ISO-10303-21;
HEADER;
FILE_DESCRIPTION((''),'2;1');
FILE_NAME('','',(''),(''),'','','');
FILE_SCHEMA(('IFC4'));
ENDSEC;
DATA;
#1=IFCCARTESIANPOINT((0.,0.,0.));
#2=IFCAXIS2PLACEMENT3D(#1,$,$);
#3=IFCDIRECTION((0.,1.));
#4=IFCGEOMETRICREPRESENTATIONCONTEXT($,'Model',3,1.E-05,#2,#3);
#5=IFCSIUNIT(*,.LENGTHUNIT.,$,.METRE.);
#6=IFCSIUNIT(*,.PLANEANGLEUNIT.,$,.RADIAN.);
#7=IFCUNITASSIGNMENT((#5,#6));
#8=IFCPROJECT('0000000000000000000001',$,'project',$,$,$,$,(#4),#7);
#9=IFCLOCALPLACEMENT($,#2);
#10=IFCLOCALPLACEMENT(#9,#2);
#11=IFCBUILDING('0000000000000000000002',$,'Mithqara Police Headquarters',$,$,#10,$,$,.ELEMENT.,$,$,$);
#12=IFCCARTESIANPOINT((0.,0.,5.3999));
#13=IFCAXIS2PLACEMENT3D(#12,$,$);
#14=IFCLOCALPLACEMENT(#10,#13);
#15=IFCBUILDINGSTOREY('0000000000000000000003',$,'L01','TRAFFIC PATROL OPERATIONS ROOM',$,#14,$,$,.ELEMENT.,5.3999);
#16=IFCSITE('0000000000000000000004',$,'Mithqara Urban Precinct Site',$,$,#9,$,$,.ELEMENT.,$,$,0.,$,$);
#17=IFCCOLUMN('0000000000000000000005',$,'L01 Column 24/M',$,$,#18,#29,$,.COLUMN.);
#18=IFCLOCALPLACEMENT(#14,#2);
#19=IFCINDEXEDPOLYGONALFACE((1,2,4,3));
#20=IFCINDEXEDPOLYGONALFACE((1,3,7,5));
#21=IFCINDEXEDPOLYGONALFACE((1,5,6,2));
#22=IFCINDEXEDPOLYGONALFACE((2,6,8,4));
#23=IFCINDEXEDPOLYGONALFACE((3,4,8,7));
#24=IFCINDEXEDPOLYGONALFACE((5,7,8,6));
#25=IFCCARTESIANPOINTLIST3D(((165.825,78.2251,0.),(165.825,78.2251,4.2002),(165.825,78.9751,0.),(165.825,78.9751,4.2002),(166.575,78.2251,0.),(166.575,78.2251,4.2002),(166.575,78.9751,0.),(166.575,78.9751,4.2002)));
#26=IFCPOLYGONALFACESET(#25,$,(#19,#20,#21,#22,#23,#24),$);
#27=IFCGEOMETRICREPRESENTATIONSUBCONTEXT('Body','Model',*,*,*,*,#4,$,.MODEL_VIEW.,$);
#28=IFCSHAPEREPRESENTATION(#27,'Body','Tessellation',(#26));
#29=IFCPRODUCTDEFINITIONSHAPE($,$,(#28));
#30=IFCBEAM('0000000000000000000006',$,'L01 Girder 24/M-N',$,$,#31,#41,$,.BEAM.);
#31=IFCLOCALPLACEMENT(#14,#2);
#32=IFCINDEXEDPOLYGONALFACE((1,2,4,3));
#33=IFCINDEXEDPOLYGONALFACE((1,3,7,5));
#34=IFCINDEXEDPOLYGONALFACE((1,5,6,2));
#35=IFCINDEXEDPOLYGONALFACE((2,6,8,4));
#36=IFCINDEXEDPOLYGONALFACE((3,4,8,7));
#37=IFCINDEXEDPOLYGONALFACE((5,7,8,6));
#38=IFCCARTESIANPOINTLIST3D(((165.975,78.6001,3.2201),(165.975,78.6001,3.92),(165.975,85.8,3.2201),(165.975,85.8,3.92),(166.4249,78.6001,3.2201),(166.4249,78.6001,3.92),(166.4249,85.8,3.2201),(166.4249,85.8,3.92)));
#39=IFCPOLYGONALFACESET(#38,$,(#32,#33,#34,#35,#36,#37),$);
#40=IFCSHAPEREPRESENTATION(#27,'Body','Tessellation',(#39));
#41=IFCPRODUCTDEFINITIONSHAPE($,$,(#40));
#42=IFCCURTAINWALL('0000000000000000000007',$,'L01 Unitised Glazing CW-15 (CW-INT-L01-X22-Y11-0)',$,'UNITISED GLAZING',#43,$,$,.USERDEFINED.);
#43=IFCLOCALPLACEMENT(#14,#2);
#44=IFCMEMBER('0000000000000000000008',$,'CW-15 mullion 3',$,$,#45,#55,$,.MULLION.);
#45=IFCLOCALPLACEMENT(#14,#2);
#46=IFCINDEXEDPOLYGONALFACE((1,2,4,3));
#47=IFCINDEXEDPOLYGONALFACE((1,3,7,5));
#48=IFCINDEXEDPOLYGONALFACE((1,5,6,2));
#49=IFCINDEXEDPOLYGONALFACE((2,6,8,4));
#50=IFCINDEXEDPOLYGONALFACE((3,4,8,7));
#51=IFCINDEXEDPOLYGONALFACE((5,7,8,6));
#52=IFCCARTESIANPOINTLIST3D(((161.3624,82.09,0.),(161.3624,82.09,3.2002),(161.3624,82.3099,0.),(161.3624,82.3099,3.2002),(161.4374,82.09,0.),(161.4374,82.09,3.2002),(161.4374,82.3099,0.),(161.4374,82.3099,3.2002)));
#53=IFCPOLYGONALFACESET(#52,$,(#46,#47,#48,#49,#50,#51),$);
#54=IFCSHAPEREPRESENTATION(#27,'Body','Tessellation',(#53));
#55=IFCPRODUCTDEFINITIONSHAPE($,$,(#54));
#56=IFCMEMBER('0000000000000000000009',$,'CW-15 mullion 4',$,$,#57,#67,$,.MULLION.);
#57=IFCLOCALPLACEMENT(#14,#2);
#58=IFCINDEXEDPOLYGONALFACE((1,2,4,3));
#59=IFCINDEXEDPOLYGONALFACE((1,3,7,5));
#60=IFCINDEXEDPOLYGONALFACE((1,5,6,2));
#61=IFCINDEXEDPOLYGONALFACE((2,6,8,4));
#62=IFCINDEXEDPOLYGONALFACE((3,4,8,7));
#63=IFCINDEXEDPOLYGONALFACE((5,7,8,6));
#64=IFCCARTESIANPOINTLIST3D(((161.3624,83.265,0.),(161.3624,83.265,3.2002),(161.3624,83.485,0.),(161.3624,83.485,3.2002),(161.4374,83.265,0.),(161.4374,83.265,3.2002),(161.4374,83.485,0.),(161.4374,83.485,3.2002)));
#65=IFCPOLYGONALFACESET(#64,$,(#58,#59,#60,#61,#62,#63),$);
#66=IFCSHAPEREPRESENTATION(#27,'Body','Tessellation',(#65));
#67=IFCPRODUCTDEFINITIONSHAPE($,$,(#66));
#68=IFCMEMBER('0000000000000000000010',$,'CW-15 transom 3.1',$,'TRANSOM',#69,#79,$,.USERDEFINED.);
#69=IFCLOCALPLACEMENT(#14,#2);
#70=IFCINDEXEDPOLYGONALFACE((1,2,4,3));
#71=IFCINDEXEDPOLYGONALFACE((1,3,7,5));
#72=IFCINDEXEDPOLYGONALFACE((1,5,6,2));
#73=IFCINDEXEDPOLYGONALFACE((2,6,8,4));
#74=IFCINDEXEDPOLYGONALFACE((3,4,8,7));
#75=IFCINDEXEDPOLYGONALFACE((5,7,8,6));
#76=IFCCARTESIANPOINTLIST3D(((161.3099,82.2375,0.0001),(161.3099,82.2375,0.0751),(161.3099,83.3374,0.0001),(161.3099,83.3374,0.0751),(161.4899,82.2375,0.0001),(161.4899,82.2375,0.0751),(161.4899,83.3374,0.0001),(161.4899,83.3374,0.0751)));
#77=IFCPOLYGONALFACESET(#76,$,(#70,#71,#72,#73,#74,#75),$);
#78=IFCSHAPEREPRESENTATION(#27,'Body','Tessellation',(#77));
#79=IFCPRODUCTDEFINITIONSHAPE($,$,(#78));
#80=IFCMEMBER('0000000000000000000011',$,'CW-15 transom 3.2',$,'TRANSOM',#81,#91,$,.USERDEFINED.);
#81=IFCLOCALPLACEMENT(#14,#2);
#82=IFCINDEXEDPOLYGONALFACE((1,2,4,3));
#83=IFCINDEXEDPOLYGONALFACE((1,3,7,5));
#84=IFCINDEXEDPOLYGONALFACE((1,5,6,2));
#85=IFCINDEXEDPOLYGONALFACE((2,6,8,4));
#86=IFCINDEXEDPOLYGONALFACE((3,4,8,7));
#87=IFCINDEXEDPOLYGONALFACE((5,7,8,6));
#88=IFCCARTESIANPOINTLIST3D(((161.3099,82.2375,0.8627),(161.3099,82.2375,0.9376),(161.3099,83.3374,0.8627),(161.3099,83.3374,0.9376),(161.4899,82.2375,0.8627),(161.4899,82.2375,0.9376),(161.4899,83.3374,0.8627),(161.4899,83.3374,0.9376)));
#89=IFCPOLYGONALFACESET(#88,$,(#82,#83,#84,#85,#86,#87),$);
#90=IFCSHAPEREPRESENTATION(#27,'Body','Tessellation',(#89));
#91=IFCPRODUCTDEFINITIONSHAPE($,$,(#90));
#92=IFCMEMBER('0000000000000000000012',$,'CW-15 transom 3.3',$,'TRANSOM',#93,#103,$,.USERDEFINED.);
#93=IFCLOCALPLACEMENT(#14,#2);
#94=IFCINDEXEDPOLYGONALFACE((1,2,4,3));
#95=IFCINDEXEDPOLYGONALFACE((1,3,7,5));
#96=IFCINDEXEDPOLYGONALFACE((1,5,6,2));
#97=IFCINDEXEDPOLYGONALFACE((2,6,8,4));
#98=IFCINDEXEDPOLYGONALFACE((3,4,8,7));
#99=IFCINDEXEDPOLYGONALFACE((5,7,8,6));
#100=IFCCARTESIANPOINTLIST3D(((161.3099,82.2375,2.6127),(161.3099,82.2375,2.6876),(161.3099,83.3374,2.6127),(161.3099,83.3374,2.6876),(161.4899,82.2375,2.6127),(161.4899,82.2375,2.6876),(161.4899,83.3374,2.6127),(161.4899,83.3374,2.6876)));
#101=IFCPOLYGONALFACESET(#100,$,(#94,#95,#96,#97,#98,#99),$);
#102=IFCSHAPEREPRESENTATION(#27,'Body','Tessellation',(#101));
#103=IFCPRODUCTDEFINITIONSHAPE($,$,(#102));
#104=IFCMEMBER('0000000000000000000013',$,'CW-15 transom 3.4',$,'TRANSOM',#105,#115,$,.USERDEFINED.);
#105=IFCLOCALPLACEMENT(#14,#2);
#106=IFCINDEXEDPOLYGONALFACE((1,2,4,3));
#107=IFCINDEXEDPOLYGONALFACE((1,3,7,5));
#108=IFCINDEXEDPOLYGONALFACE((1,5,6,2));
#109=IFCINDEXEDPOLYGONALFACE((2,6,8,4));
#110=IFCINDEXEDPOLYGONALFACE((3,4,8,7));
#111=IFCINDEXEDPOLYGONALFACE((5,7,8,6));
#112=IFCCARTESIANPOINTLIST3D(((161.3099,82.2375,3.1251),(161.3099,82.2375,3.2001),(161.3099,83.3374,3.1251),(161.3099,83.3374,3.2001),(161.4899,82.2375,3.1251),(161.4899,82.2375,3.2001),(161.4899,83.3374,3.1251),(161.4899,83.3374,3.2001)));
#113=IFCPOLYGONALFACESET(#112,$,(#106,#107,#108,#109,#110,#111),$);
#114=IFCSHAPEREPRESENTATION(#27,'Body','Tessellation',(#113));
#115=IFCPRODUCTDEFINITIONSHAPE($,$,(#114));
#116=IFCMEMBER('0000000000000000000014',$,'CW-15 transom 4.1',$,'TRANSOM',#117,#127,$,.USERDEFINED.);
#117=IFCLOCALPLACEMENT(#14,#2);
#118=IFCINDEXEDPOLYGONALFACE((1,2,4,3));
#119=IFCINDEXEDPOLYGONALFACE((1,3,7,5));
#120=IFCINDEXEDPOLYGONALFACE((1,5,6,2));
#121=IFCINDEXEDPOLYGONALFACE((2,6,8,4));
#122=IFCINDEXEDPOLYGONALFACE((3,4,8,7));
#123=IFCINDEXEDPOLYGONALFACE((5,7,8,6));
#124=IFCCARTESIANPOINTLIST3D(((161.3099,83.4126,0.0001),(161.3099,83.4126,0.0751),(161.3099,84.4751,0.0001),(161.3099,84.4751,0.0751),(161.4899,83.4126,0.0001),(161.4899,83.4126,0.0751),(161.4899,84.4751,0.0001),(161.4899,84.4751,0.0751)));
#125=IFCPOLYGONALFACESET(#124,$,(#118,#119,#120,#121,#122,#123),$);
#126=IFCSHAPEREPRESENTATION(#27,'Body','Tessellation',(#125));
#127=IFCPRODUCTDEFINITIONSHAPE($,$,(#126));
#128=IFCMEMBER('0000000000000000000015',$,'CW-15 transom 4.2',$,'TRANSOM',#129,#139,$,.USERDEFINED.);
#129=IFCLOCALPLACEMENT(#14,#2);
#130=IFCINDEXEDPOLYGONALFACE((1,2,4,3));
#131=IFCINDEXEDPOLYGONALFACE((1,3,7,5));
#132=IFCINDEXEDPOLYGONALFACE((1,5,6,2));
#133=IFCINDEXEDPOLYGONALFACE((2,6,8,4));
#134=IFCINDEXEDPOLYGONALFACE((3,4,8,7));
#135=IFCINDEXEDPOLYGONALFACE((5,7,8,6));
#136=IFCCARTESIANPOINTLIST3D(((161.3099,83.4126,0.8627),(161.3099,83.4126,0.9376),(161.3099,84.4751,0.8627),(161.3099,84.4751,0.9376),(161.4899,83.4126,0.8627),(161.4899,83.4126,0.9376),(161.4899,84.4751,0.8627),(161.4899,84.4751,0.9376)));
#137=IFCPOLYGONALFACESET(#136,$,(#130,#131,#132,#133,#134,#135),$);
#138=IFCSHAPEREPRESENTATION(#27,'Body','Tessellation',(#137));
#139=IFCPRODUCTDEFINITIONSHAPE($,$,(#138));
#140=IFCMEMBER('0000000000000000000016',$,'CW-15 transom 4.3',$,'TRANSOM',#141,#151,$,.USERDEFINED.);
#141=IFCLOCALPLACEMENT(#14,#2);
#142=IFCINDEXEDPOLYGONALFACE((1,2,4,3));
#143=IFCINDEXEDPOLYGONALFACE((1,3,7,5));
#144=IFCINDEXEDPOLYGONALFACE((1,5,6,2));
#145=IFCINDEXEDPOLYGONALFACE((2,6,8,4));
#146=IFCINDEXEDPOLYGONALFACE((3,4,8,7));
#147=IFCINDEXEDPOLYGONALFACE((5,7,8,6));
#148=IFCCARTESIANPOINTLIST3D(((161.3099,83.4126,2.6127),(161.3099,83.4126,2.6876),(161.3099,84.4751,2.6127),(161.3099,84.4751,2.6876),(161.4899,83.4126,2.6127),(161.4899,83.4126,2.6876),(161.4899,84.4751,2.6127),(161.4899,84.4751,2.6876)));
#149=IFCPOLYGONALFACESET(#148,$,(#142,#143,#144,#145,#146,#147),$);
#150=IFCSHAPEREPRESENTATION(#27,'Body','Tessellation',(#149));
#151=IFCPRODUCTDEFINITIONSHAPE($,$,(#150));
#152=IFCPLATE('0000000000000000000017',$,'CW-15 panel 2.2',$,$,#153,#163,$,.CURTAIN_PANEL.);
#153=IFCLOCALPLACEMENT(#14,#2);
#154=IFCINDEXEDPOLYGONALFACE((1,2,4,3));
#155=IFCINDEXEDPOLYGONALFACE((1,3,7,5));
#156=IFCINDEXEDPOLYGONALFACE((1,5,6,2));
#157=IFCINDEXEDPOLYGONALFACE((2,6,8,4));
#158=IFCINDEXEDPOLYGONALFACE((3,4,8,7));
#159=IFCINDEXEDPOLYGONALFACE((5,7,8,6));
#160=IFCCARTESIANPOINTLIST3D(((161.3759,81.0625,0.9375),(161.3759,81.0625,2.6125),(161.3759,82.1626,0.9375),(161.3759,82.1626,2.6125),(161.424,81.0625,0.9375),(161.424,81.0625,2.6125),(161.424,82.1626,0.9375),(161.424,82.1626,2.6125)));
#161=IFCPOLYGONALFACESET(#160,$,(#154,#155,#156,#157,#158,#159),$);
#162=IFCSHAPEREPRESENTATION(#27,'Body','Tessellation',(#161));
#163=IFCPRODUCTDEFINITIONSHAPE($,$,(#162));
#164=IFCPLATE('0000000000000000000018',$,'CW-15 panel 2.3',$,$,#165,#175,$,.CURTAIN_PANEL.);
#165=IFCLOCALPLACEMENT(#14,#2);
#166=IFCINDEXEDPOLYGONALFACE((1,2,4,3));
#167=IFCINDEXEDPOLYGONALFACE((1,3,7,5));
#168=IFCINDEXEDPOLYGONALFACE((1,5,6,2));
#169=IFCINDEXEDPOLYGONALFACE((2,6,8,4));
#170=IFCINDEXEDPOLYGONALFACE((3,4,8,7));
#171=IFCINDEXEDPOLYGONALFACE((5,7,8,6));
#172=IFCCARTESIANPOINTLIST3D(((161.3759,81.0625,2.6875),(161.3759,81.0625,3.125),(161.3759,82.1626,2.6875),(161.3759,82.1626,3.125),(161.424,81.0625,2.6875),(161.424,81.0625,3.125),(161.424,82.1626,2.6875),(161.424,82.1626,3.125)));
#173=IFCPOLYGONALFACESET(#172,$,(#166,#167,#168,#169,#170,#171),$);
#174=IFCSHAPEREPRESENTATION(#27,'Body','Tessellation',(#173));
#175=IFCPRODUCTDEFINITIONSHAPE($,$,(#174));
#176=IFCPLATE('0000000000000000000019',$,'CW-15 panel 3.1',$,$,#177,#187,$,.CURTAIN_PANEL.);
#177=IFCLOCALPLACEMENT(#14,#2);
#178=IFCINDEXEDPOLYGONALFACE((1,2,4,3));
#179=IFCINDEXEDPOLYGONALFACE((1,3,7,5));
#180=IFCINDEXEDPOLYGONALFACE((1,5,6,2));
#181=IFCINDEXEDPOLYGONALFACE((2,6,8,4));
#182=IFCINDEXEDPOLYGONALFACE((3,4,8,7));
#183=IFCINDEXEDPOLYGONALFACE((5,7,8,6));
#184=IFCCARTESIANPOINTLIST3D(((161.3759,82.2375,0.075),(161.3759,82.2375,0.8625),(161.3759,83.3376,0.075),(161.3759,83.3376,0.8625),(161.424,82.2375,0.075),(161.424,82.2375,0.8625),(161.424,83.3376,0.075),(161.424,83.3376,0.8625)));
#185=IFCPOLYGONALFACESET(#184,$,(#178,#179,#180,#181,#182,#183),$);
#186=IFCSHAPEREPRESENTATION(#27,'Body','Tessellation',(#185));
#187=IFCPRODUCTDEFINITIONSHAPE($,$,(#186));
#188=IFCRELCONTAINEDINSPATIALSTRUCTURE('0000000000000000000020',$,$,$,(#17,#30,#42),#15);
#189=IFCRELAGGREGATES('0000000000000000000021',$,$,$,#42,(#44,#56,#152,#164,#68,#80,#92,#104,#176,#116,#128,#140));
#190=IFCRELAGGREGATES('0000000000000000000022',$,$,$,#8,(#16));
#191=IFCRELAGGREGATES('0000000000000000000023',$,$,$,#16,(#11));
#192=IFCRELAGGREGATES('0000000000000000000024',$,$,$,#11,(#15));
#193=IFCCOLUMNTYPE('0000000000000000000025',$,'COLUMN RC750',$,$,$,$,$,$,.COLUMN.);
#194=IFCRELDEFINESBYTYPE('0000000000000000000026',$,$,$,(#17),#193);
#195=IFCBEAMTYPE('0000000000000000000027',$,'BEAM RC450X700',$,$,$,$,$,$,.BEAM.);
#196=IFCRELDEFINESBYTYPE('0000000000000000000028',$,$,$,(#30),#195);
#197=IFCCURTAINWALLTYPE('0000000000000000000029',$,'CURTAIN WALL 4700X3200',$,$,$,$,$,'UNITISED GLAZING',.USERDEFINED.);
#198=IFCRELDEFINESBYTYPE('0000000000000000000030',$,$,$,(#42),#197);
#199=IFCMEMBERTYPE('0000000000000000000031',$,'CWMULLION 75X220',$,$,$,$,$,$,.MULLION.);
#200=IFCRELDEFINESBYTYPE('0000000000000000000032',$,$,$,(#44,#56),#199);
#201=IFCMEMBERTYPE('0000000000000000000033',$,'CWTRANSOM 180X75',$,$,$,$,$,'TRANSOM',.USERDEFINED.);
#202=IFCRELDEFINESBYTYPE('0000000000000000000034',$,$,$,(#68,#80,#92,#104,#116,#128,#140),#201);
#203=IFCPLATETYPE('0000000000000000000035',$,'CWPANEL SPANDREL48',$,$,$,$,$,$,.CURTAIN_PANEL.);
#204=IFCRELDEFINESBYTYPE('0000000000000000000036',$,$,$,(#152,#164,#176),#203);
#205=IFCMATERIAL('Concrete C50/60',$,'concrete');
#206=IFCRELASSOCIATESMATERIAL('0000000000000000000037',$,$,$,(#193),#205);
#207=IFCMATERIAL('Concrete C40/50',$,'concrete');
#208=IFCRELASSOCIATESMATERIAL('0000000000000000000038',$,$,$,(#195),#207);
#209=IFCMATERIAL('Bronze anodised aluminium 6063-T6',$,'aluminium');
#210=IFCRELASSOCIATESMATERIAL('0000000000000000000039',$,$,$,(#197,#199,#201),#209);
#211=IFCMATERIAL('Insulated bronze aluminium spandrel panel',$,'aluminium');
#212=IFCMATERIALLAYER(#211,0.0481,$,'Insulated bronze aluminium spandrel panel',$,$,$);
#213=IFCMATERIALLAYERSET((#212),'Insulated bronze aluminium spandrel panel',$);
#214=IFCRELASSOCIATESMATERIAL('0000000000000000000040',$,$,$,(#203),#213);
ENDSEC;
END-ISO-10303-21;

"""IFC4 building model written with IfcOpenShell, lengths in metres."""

from ifc_helpers import new_model, si_unit, direction, frame, origin, origin_2d, place, context, subcontext, project, spatial, rectangle, extrude, material, layer, layer_set, material_profile, profile_set, type_object, element, aggregate, save


model = new_model("IFC4")

# Units and contexts
model_context = context("Model", 3, precision=1e-05, world=origin(), true_north=direction((0.0, 1.0)))
body_context = subcontext(model_context, "Body", "Model", "MODEL_VIEW")
ifc_project = project(units=[si_unit("LENGTHUNIT", "METRE"), si_unit("PLANEANGLEUNIT", "RADIAN")], contexts=[model_context])

# Site, building, storey
site_placement = place(None, origin())
site = spatial("IfcSite", under=ifc_project, at=site_placement, Name="Mithqara Urban Precinct Site", CompositionType="ELEMENT", RefElevation=0.0)
building_placement = place(site_placement, origin())
building = spatial("IfcBuilding", under=site, at=building_placement, Name="Mithqara Police Headquarters", CompositionType="ELEMENT")
storey_placement = place(building_placement, frame((0.0, 0.0, 5.3999)))
storey = spatial("IfcBuildingStorey", under=building, at=storey_placement, Name="L01", Description="TRAFFIC PATROL OPERATIONS ROOM", CompositionType="ELEMENT", Elevation=5.3999)

# Column
ifc_material_1 = material(Name="Concrete C50/60", Category="concrete")
ifc_material_profile_1 = material_profile(ifc_material_1, rectangle(XDim=0.75, YDim=0.75, at=origin_2d()), Name="RC 750x750")
ifc_profile_set_1 = profile_set([ifc_material_profile_1], Name="Concrete C50/60")
column_type = type_object("IfcColumnType", Name="COLUMN RC750", PredefinedType="COLUMN", material=ifc_profile_set_1)
column_placement = place(storey_placement, frame((166.2, 78.6001, 0.0), z_axis=(0.0, 0.0, 1.0), x_axis=(1.0, 0.0, 0.0)))
element("IfcColumn", 1, at=column_placement, inside=storey, type_object=column_type, Name="L01 Column 24/M", PredefinedType="COLUMN", context=body_context, shape_type="SweptSolid", body=[
    extrude(rectangle(XDim=0.75, YDim=0.75, at=origin_2d()), origin(), (0.0, 0.0, 1.0), 4.2002),
])

# Beam
ifc_material_2 = material(Name="Concrete C40/50", Category="concrete")
ifc_material_profile_2 = material_profile(ifc_material_2, rectangle(XDim=0.45, YDim=0.7, at=origin_2d()), Name="RC 450x700")
ifc_profile_set_2 = profile_set([ifc_material_profile_2], Name="Concrete C40/50")
beam_type = type_object("IfcBeamType", Name="BEAM RC450X700", PredefinedType="BEAM", material=ifc_profile_set_2)
beam_placement = place(storey_placement, frame((166.2, 78.6001, 3.5701), z_axis=(0.0, 1.0, 0.0), x_axis=(-1.0, 0.0, 0.0)))
element("IfcBeam", 2, at=beam_placement, inside=storey, type_object=beam_type, Name="L01 Girder 24/M-N", PredefinedType="BEAM", context=body_context, shape_type="SweptSolid", body=[
    extrude(rectangle(XDim=0.45, YDim=0.7, at=origin_2d()), origin(), (0.0, 0.0, 1.0), 7.2),
])

# Curtain wall, members, plates
ifc_material_3 = material(Name="Bronze anodised aluminium 6063-T6", Category="aluminium")
curtain_wall_type = type_object("IfcCurtainWallType", Name="CURTAIN WALL 4700X3200", ElementType="UNITISED GLAZING", PredefinedType="USERDEFINED", material=ifc_material_3)
curtain_wall_placement = place(storey_placement, origin())
curtain_wall = element("IfcCurtainWall", 3, at=curtain_wall_placement, inside=storey, type_object=curtain_wall_type, Name="L01 Unitised Glazing CW-15 (CW-INT-L01-X22-Y11-0)", ObjectType="UNITISED GLAZING", PredefinedType="USERDEFINED")
ifc_material_profile_3 = material_profile(ifc_material_3, rectangle(XDim=0.075, YDim=0.22, at=origin_2d()), Name="CWM 75x220")
ifc_profile_set_3 = profile_set([ifc_material_profile_3], Name="Bronze anodised aluminium 6063-T6")
member_type_1 = type_object("IfcMemberType", Name="CWMULLION 75X220", PredefinedType="MULLION", material=ifc_profile_set_3)
member_1_placement = place(storey_placement, frame((161.3999, 82.2, 0.0), z_axis=(0.0, 0.0, 1.0), x_axis=(-1.0, 0.0, 0.0)))
member_1 = element("IfcMember", 4, at=member_1_placement, type_object=member_type_1, Name="CW-15 mullion 3", PredefinedType="MULLION", context=body_context, shape_type="SweptSolid", body=[
    extrude(rectangle(XDim=0.075, YDim=0.22, at=origin_2d()), origin(), (0.0, 0.0, 1.0), 3.2002),
])
member_2_placement = place(storey_placement, frame((161.3999, 83.375, 0.0), z_axis=(0.0, 0.0, 1.0), x_axis=(-1.0, 0.0, 0.0)))
member_2 = element("IfcMember", 5, at=member_2_placement, type_object=member_type_1, Name="CW-15 mullion 4", PredefinedType="MULLION", context=body_context, shape_type="SweptSolid", body=[
    extrude(rectangle(XDim=0.075, YDim=0.22, at=origin_2d()), origin(), (0.0, 0.0, 1.0), 3.2002),
])
ifc_material_profile_4 = material_profile(ifc_material_3, rectangle(XDim=0.1799, YDim=0.075, at=origin_2d()), Name="CWT 180x75")
ifc_profile_set_4 = profile_set([ifc_material_profile_4], Name="Bronze anodised aluminium 6063-T6")
member_type_2 = type_object("IfcMemberType", Name="CWTRANSOM 180X75", ElementType="TRANSOM", PredefinedType="USERDEFINED", material=ifc_profile_set_4)
member_3_placement = place(storey_placement, frame((161.3999, 82.2375, 0.0376), z_axis=(0.0, 1.0, 0.0), x_axis=(-1.0, 0.0, 0.0)))
member_3 = element("IfcMember", 6, at=member_3_placement, type_object=member_type_2, Name="CW-15 transom 3.1", ObjectType="TRANSOM", PredefinedType="USERDEFINED", context=body_context, shape_type="SweptSolid", body=[
    extrude(rectangle(XDim=0.1799, YDim=0.075, at=origin_2d()), origin(), (0.0, 0.0, 1.0), 1.0999),
])
member_4_placement = place(storey_placement, frame((161.3999, 82.2375, 0.9001), z_axis=(0.0, 1.0, 0.0), x_axis=(-1.0, 0.0, 0.0)))
member_4 = element("IfcMember", 7, at=member_4_placement, type_object=member_type_2, Name="CW-15 transom 3.2", ObjectType="TRANSOM", PredefinedType="USERDEFINED", context=body_context, shape_type="SweptSolid", body=[
    extrude(rectangle(XDim=0.1799, YDim=0.075, at=origin_2d()), origin(), (0.0, 0.0, 1.0), 1.0999),
])
member_5_placement = place(storey_placement, frame((161.3999, 82.2375, 2.6501), z_axis=(0.0, 1.0, 0.0), x_axis=(-1.0, 0.0, 0.0)))
member_5 = element("IfcMember", 8, at=member_5_placement, type_object=member_type_2, Name="CW-15 transom 3.3", ObjectType="TRANSOM", PredefinedType="USERDEFINED", context=body_context, shape_type="SweptSolid", body=[
    extrude(rectangle(XDim=0.1799, YDim=0.075, at=origin_2d()), origin(), (0.0, 0.0, 1.0), 1.0999),
])
member_6_placement = place(storey_placement, frame((161.3999, 82.2375, 3.1626), z_axis=(0.0, 1.0, 0.0), x_axis=(-1.0, 0.0, 0.0)))
member_6 = element("IfcMember", 9, at=member_6_placement, type_object=member_type_2, Name="CW-15 transom 3.4", ObjectType="TRANSOM", PredefinedType="USERDEFINED", context=body_context, shape_type="SweptSolid", body=[
    extrude(rectangle(XDim=0.1799, YDim=0.075, at=origin_2d()), origin(), (0.0, 0.0, 1.0), 1.0999),
])
member_7_placement = place(storey_placement, frame((161.3999, 83.4126, 0.0376), z_axis=(0.0, 1.0, 0.0), x_axis=(-1.0, 0.0, 0.0)))
member_7 = element("IfcMember", 10, at=member_7_placement, type_object=member_type_2, Name="CW-15 transom 4.1", ObjectType="TRANSOM", PredefinedType="USERDEFINED", context=body_context, shape_type="SweptSolid", body=[
    extrude(rectangle(XDim=0.1799, YDim=0.075, at=origin_2d()), origin(), (0.0, 0.0, 1.0), 1.0625),
])
member_8_placement = place(storey_placement, frame((161.3999, 83.4126, 0.9001), z_axis=(0.0, 1.0, 0.0), x_axis=(-1.0, 0.0, 0.0)))
member_8 = element("IfcMember", 11, at=member_8_placement, type_object=member_type_2, Name="CW-15 transom 4.2", ObjectType="TRANSOM", PredefinedType="USERDEFINED", context=body_context, shape_type="SweptSolid", body=[
    extrude(rectangle(XDim=0.1799, YDim=0.075, at=origin_2d()), origin(), (0.0, 0.0, 1.0), 1.0625),
])
member_9_placement = place(storey_placement, frame((161.3999, 83.4126, 2.6501), z_axis=(0.0, 1.0, 0.0), x_axis=(-1.0, 0.0, 0.0)))
member_9 = element("IfcMember", 12, at=member_9_placement, type_object=member_type_2, Name="CW-15 transom 4.3", ObjectType="TRANSOM", PredefinedType="USERDEFINED", context=body_context, shape_type="SweptSolid", body=[
    extrude(rectangle(XDim=0.1799, YDim=0.075, at=origin_2d()), origin(), (0.0, 0.0, 1.0), 1.0625),
])
ifc_material_4 = material(Name="Insulated bronze aluminium spandrel panel", Category="aluminium")
ifc_layer_1 = layer(ifc_material_4, 0.0481, Name="Insulated bronze aluminium spandrel panel")
ifc_layer_set_1 = layer_set([ifc_layer_1], Name="Insulated bronze aluminium spandrel panel")
plate_type_1 = type_object("IfcPlateType", Name="CWPANEL SPANDREL48", PredefinedType="CURTAIN_PANEL", material=ifc_layer_set_1)
plate_1_placement = place(storey_placement, frame((161.3999, 81.6125, 0.9375), z_axis=(0.0, 0.0, 1.0), x_axis=(0.0, 1.0, 0.0)))
plate_1 = element("IfcPlate", 13, at=plate_1_placement, type_object=plate_type_1, Name="CW-15 panel 2.2", PredefinedType="CURTAIN_PANEL", context=body_context, shape_type="SweptSolid", body=[
    extrude(rectangle(XDim=1.1001, YDim=0.0481, at=origin_2d()), origin(), (0.0, 0.0, 1.0), 1.675),
])
plate_2_placement = place(storey_placement, frame((161.3999, 81.6125, 2.6875), z_axis=(0.0, 0.0, 1.0), x_axis=(0.0, 1.0, 0.0)))
plate_2 = element("IfcPlate", 14, at=plate_2_placement, type_object=plate_type_1, Name="CW-15 panel 2.3", PredefinedType="CURTAIN_PANEL", context=body_context, shape_type="SweptSolid", body=[
    extrude(rectangle(XDim=1.1001, YDim=0.0481, at=origin_2d()), origin(), (0.0, 0.0, 1.0), 0.4375),
])
plate_3_placement = place(storey_placement, frame((161.3999, 82.7876, 0.075), z_axis=(0.0, 0.0, 1.0), x_axis=(0.0, 1.0, 0.0)))
plate_3 = element("IfcPlate", 15, at=plate_3_placement, type_object=plate_type_1, Name="CW-15 panel 3.1", PredefinedType="CURTAIN_PANEL", context=body_context, shape_type="SweptSolid", body=[
    extrude(rectangle(XDim=1.1001, YDim=0.0481, at=origin_2d()), origin(), (0.0, 0.0, 1.0), 0.7876),
])
aggregate(curtain_wall, [member_1, member_2, plate_1, plate_2, member_3, member_4, member_5, member_6, plate_3, member_7, member_8, member_9])

save(model, "model.ifc")
